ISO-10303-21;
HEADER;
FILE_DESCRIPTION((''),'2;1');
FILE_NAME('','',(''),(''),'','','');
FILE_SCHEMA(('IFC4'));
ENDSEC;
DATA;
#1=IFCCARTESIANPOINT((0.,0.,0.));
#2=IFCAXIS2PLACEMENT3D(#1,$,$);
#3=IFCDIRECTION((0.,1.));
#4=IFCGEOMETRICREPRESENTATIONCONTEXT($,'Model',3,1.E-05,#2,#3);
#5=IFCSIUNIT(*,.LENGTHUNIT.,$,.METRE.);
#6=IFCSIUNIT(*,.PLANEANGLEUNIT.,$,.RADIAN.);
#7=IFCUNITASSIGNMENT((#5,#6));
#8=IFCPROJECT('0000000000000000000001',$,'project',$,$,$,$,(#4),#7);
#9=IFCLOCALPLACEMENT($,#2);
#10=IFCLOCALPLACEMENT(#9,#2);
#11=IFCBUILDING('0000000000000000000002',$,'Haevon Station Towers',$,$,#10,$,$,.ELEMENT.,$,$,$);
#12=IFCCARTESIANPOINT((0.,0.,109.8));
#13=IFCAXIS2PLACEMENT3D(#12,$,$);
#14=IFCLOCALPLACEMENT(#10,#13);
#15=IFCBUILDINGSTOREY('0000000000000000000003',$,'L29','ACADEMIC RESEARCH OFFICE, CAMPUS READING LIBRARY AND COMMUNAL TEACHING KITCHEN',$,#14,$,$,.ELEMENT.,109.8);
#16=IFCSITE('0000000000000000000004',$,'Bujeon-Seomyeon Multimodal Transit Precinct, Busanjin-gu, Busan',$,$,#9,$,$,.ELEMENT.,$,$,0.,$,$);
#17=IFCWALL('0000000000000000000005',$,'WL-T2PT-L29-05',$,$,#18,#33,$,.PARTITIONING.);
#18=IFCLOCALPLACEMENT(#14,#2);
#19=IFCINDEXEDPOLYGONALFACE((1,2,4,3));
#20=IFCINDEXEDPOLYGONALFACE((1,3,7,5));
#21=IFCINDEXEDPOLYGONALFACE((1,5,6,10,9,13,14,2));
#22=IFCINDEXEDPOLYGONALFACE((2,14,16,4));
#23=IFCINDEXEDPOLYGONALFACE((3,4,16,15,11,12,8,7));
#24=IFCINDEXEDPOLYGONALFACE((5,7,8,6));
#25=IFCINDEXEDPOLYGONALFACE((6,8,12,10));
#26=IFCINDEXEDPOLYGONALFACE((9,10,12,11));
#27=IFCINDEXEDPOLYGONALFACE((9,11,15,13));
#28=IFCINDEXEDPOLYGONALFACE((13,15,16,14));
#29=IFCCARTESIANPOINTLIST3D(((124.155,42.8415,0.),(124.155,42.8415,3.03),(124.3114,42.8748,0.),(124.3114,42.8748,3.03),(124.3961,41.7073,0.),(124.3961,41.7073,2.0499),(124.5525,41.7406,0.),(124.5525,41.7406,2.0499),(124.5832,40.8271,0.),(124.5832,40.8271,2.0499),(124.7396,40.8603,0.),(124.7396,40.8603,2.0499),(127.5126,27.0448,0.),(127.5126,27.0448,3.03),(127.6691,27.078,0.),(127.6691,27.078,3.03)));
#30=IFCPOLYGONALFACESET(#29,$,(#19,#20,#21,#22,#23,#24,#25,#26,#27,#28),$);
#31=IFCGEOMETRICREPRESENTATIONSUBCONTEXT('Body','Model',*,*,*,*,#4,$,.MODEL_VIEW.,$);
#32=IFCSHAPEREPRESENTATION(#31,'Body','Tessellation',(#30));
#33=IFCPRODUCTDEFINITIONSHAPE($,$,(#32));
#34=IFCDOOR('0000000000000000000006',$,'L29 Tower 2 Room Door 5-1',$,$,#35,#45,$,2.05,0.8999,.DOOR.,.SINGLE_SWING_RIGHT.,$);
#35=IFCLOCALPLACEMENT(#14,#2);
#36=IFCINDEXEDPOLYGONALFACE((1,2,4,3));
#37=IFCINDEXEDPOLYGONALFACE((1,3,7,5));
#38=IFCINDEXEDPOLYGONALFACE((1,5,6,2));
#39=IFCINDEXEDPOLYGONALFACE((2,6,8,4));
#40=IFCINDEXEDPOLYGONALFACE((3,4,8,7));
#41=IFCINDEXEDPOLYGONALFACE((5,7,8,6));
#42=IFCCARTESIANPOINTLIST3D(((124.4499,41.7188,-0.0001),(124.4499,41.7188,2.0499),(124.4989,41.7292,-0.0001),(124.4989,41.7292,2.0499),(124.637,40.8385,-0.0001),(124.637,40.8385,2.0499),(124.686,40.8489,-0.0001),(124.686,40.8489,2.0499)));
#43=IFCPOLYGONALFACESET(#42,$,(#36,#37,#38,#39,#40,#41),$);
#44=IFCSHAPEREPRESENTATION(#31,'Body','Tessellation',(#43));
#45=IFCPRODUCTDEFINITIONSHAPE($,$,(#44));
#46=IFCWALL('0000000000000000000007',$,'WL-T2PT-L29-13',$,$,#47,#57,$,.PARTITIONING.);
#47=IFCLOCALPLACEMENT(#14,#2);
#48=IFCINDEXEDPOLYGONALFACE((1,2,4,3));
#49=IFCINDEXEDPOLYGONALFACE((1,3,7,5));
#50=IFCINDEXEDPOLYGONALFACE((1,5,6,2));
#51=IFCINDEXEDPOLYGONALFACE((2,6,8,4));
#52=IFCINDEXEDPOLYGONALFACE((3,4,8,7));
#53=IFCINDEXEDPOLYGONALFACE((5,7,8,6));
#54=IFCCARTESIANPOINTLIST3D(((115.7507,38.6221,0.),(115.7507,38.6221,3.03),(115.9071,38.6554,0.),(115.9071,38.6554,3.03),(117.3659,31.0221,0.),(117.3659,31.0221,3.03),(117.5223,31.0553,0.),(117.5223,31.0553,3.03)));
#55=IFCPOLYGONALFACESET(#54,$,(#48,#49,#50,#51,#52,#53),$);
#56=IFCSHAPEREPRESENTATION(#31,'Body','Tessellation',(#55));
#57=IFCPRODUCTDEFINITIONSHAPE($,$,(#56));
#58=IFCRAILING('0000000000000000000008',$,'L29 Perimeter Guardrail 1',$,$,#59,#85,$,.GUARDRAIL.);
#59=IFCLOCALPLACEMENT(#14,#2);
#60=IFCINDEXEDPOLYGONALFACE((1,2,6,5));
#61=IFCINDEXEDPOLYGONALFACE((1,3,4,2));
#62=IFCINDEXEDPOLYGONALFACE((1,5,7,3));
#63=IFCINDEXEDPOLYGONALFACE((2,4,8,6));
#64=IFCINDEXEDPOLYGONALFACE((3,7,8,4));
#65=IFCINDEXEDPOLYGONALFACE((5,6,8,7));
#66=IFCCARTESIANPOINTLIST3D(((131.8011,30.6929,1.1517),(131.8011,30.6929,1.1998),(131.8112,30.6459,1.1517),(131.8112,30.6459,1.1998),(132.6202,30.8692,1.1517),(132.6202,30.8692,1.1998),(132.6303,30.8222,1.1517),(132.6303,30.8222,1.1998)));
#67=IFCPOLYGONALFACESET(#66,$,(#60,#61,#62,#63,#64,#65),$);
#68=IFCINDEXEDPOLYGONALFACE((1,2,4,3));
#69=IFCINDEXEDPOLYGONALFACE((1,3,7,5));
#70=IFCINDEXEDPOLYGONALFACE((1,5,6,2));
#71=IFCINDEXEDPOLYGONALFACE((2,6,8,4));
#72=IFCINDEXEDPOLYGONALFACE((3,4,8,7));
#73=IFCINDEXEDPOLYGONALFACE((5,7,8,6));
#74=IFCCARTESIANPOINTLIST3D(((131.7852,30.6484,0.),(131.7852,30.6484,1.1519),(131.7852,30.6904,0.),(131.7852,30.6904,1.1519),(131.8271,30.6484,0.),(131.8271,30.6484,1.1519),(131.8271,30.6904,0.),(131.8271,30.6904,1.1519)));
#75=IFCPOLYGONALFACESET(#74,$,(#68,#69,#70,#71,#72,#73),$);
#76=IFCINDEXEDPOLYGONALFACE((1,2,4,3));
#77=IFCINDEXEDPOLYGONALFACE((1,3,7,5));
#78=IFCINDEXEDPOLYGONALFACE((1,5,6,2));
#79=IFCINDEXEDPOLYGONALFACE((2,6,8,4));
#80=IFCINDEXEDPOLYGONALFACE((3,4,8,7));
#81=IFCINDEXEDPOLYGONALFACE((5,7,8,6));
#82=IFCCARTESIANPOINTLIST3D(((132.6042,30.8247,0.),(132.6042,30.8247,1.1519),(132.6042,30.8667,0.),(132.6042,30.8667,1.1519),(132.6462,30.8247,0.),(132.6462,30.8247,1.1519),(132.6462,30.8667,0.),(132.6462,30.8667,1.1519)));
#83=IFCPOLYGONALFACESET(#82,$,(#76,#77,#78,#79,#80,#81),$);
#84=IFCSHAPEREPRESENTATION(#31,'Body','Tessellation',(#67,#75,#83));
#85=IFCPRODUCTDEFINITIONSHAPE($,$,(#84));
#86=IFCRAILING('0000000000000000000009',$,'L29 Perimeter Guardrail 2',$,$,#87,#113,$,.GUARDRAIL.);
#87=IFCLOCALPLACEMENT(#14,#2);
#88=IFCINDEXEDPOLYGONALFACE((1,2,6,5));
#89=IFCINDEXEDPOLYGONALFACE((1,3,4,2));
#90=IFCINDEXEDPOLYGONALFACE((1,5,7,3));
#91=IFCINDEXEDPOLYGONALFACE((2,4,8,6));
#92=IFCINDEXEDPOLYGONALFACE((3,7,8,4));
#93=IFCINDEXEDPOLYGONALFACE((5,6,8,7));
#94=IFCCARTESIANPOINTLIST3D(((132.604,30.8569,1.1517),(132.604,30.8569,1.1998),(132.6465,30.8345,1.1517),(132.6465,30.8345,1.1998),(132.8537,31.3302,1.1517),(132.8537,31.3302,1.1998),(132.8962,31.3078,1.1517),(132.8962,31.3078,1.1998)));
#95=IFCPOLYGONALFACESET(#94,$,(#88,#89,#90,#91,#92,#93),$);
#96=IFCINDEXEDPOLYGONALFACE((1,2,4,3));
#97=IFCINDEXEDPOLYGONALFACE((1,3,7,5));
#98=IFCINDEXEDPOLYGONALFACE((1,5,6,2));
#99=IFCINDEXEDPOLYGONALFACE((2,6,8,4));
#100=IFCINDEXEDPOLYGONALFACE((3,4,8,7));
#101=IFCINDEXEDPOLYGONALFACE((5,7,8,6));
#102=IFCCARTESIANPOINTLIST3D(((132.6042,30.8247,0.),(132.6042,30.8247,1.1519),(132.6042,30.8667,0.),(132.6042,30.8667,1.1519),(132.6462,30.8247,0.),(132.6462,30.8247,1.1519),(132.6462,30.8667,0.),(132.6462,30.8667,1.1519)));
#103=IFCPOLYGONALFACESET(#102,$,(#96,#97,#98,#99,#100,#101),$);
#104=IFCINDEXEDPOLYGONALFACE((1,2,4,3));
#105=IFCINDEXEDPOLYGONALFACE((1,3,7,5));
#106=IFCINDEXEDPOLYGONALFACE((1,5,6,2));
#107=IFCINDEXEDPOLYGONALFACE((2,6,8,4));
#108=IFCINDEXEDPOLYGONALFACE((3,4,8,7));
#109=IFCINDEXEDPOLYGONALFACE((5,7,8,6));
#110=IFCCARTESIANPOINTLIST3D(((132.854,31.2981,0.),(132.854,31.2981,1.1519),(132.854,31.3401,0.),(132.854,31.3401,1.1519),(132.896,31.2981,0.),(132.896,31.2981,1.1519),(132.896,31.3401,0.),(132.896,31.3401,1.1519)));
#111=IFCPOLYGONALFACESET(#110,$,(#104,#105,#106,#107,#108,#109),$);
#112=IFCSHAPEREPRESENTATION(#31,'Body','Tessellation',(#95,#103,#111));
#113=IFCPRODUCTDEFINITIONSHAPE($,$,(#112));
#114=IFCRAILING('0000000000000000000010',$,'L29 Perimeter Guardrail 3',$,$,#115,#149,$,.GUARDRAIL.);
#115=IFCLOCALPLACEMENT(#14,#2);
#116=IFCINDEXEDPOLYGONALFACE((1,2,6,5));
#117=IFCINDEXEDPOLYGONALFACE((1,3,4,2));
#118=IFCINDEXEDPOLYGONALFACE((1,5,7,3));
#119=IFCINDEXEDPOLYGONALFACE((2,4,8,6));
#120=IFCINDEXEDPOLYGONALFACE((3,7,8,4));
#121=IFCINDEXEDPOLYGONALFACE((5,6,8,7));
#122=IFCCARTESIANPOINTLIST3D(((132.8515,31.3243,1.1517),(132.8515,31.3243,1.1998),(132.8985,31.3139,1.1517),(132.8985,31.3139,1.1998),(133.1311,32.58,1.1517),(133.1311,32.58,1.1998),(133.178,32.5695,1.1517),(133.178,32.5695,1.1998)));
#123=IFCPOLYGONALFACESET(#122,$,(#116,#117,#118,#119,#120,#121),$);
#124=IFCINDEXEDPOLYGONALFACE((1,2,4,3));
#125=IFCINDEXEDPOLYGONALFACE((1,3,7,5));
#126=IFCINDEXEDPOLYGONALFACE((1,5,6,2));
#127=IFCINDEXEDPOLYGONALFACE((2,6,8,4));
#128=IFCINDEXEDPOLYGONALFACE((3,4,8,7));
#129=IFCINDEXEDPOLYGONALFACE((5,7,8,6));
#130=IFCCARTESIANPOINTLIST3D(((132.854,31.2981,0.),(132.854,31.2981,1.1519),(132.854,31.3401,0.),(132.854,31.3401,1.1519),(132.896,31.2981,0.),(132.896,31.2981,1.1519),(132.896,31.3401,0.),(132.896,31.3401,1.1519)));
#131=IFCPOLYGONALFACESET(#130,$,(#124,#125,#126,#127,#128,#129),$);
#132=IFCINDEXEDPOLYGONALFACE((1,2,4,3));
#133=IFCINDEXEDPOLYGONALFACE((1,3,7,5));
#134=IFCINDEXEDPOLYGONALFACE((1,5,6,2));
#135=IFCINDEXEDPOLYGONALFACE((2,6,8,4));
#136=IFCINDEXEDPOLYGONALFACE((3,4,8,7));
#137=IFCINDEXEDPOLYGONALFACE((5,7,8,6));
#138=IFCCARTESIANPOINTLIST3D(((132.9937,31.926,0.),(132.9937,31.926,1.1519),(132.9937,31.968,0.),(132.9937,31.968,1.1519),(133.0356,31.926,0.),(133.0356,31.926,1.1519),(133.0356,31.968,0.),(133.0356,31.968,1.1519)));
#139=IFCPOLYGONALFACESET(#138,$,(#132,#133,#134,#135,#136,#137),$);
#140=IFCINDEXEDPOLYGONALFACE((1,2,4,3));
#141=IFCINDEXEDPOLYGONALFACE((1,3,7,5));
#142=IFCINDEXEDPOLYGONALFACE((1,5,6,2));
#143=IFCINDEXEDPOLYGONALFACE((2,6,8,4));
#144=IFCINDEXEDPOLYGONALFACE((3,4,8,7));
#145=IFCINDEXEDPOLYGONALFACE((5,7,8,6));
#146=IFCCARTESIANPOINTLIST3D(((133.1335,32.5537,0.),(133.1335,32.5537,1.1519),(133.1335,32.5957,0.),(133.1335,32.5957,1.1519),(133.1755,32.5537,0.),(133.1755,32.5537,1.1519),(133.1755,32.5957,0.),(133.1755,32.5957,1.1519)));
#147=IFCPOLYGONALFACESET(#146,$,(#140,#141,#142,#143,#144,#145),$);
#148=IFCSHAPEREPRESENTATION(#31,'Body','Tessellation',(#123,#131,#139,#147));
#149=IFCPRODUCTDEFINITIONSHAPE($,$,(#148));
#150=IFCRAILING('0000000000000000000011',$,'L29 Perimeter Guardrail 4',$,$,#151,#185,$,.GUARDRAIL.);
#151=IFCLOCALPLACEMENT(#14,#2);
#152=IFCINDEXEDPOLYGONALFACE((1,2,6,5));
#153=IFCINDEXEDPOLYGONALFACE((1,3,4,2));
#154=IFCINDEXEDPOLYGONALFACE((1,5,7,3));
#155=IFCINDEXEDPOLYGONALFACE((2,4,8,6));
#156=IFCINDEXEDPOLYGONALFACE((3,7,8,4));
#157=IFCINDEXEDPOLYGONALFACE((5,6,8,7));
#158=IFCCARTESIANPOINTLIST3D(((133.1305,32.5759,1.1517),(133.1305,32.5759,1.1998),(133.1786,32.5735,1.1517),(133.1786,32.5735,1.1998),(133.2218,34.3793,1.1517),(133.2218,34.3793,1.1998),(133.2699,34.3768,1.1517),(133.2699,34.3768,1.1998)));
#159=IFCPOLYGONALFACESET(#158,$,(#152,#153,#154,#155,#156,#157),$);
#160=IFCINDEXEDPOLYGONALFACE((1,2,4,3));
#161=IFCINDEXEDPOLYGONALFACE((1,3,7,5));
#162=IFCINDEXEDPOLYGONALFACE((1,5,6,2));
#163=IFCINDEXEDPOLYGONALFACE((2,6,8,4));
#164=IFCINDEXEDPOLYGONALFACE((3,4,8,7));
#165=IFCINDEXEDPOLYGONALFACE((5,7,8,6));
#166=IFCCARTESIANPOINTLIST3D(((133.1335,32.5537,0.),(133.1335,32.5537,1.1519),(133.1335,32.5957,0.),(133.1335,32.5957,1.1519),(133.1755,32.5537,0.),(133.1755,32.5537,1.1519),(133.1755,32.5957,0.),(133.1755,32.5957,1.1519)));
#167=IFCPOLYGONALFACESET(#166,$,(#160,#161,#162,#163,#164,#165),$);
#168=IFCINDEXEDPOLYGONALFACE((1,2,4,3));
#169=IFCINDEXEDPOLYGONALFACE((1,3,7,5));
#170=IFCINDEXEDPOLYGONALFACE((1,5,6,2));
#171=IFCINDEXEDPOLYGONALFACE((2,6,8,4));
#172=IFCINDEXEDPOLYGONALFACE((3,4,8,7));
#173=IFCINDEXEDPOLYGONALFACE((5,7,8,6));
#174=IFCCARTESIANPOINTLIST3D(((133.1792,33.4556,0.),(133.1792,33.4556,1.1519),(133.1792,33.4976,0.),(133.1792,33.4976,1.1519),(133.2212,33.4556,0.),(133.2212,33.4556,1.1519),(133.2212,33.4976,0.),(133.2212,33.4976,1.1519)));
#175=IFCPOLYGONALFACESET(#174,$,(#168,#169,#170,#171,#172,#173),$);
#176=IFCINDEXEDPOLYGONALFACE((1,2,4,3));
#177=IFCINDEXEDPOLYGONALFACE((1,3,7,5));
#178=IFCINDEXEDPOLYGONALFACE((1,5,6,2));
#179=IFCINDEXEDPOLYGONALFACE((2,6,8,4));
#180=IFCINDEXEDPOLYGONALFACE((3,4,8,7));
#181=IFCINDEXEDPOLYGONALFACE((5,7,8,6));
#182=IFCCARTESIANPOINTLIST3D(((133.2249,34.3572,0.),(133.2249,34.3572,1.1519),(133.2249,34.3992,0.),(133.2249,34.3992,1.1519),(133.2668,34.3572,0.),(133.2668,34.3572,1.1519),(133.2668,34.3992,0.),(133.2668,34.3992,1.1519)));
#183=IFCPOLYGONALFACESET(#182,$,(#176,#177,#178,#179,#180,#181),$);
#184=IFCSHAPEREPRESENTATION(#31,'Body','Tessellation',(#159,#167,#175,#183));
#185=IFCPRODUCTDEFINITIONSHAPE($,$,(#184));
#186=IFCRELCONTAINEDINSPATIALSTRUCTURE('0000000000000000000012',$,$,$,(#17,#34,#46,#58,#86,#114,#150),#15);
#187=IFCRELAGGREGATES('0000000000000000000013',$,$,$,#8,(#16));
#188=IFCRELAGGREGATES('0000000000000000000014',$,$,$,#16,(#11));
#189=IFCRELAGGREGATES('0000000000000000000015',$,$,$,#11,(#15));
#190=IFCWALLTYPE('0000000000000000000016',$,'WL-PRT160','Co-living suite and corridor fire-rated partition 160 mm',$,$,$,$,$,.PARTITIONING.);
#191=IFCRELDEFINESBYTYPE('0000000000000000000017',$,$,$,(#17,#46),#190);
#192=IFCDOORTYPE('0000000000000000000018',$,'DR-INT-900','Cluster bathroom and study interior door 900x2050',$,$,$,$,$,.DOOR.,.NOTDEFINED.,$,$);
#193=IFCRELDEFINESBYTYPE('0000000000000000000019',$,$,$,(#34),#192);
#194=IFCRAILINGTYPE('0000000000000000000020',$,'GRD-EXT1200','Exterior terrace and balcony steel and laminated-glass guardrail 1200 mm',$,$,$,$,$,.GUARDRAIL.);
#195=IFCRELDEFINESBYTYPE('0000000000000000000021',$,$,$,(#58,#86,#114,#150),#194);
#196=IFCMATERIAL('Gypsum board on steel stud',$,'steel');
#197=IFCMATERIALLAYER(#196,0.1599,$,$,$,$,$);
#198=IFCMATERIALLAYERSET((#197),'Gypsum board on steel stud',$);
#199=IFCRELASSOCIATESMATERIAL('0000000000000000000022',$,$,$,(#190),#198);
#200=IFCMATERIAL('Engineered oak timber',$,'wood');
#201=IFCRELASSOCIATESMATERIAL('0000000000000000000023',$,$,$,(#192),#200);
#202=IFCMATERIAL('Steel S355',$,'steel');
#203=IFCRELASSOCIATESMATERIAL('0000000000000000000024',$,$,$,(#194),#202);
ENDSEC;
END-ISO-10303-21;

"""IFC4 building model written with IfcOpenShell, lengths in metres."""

from ifc_helpers import new_model, si_unit, direction, frame, frame_2d, origin, origin_2d, place, context, subcontext, project, spatial, rectangle, extrude, material, layer, layer_set, type_object, element, fill, save


model = new_model("IFC4")

# Units and contexts
model_context = context("Model", 3, precision=1e-05, world=origin(), true_north=direction((0.0, 1.0)))
body_context = subcontext(model_context, "Body", "Model", "MODEL_VIEW")
ifc_project = project(units=[si_unit("LENGTHUNIT", "METRE"), si_unit("PLANEANGLEUNIT", "RADIAN")], contexts=[model_context])

# Site, building, storey
site_placement = place(None, origin())
site = spatial("IfcSite", under=ifc_project, at=site_placement, Name="Bujeon-Seomyeon Multimodal Transit Precinct, Busanjin-gu, Busan", CompositionType="ELEMENT", RefElevation=0.0)
building_placement = place(site_placement, origin())
building = spatial("IfcBuilding", under=site, at=building_placement, Name="Haevon Station Towers", CompositionType="ELEMENT")
storey_placement = place(building_placement, frame((0.0, 0.0, 109.8)))
storey = spatial("IfcBuildingStorey", under=building, at=storey_placement, Name="L29", Description="ACADEMIC RESEARCH OFFICE, CAMPUS READING LIBRARY AND COMMUNAL TEACHING KITCHEN", CompositionType="ELEMENT", Elevation=109.8)

# Shared definitions
ifc_material_1 = material(Name="Steel S355", Category="steel")

# Shared definitions
ifc_material_2 = material(Name="Gypsum board on steel stud", Category="steel")
ifc_layer_1 = layer(ifc_material_2, 0.1599)
ifc_layer_set_1 = layer_set([ifc_layer_1], Name="Gypsum board on steel stud")
wall_type_1 = type_object("IfcWallType", Name="WL-PRT160", Description="Co-living suite and corridor fire-rated partition 160 mm", PredefinedType="PARTITIONING", material=ifc_layer_set_1)

# Wall, opening, door
wall_1_placement = place(storey_placement, frame((127.5908, 27.0615, 0.0), z_axis=(0.0, 0.0, 1.0), x_axis=(-0.207908, 0.978148, 0.0)))
wall_1 = element("IfcWall", 1, at=wall_1_placement, inside=storey, type_object=wall_type_1, Name="WL-T2PT-L29-05", PredefinedType="PARTITIONING", context=body_context, shape_type="SweptSolid", body=[
    extrude(rectangle(XDim=16.1497, YDim=0.1599, at=frame_2d((8.0747, 0.0))), origin(), (0.0, 0.0, 1.0), 3.03),
])
opening_1_placement = place(wall_1_placement, frame((14.0901, 0.0, 0.0)))
opening_1 = element("IfcOpeningElement", 2, at=opening_1_placement, cuts=wall_1, PredefinedType="OPENING", context=body_context, shape_type="SweptSolid", body=[
    extrude(rectangle(XDim=0.8999, YDim=2.05, at=frame_2d((0.45, 1.0249))), frame((0.0, 0.0898, 0.0), z_axis=(0.0, -1.0, 0.0), x_axis=(1.0, 0.0, 0.0)), (0.0, 0.0, 1.0), 0.1799),
])
ifc_material_3 = material(Name="Engineered oak timber", Category="wood")
door_type = type_object("IfcDoorType", Name="DR-INT-900", Description="Cluster bathroom and study interior door 900x2050", OperationType="NOTDEFINED", PredefinedType="DOOR", material=ifc_material_3)
door_placement = place(opening_1_placement, origin())
door = element("IfcDoor", 3, at=door_placement, inside=storey, type_object=door_type, Name="L29 Tower 2 Room Door 5-1", OperationType="SINGLE_SWING_RIGHT", OverallHeight=2.05, OverallWidth=0.8999, PredefinedType="DOOR", context=body_context, shape_type="SweptSolid", body=[
    extrude(rectangle(XDim=0.8999, YDim=2.05, at=frame_2d((0.45, 1.0249))), frame((0.0, 0.0249, 0.0), z_axis=(0.0, -1.0, 0.0), x_axis=(1.0, 0.0, 0.0)), (0.0, 0.0, 1.0), 0.05),
])
fill(opening_1, door)

# Wall
wall_2_placement = place(storey_placement, frame((117.4441, 31.0388, 0.0), z_axis=(0.0, 0.0, 1.0), x_axis=(-0.207885, 0.978153, 0.0)))
element("IfcWall", 4, at=wall_2_placement, inside=storey, type_object=wall_type_1, Name="WL-T2PT-L29-13", PredefinedType="PARTITIONING", context=body_context, shape_type="SweptSolid", body=[
    extrude(rectangle(XDim=7.7698, YDim=0.1599, at=frame_2d((3.8848, 0.0))), origin(), (0.0, 0.0, 1.0), 3.03),
])

# Railings
railing_type = type_object("IfcRailingType", Name="GRD-EXT1200", Description="Exterior terrace and balcony steel and laminated-glass guardrail 1200 mm", PredefinedType="GUARDRAIL", material=ifc_material_1)
railing_1_placement = place(storey_placement, frame((131.8062, 30.6694, 0.0)))
element("IfcRailing", 5, at=railing_1_placement, inside=storey, type_object=railing_type, Name="L29 Perimeter Guardrail 1", PredefinedType="GUARDRAIL", context=body_context, shape_type="SweptSolid", body=[
    extrude(rectangle(XDim=0.0481, YDim=0.0481, at=origin_2d()), frame((0.0, 0.0, 1.1758), z_axis=(0.977619, 0.210385, 0.0), x_axis=(-0.210385, 0.977619, 0.0)), (0.0, 0.0, 1.0), 0.8379),
    extrude(rectangle(XDim=0.042, YDim=0.042, at=origin_2d()), origin(), (0.0, 0.0, 1.0), 1.1519),
    extrude(rectangle(XDim=0.042, YDim=0.042, at=origin_2d()), frame((0.8191, 0.1763, 0.0)), (0.0, 0.0, 1.0), 1.1519),
])
railing_2_placement = place(storey_placement, frame((132.6252, 30.8457, 0.0)))
element("IfcRailing", 6, at=railing_2_placement, inside=storey, type_object=railing_type, Name="L29 Perimeter Guardrail 2", PredefinedType="GUARDRAIL", context=body_context, shape_type="SweptSolid", body=[
    extrude(rectangle(XDim=0.0481, YDim=0.0481, at=origin_2d()), frame((0.0, 0.0, 1.1758), z_axis=(0.46663, 0.884453, 0.0), x_axis=(-0.884453, 0.46663, 0.0)), (0.0, 0.0, 1.0), 0.5352),
    extrude(rectangle(XDim=0.042, YDim=0.042, at=origin_2d()), origin(), (0.0, 0.0, 1.0), 1.1519),
    extrude(rectangle(XDim=0.042, YDim=0.042, at=origin_2d()), frame((0.2498, 0.4734, 0.0)), (0.0, 0.0, 1.0), 1.1519),
])
railing_3_placement = place(storey_placement, frame((132.875, 31.3191, 0.0)))
element("IfcRailing", 7, at=railing_3_placement, inside=storey, type_object=railing_type, Name="L29 Perimeter Guardrail 3", PredefinedType="GUARDRAIL", context=body_context, shape_type="SweptSolid", body=[
    extrude(rectangle(XDim=0.0481, YDim=0.0481, at=origin_2d()), frame((0.0, 0.0, 1.1758), z_axis=(0.217312, 0.976102, 0.0), x_axis=(-0.976102, 0.217312, 0.0)), (0.0, 0.0, 1.0), 1.2864),
    extrude(rectangle(XDim=0.042, YDim=0.042, at=origin_2d()), origin(), (0.0, 0.0, 1.0), 1.1519),
    extrude(rectangle(XDim=0.042, YDim=0.042, at=origin_2d()), frame((0.1396, 0.6279, 0.0)), (0.0, 0.0, 1.0), 1.1519),
    extrude(rectangle(XDim=0.042, YDim=0.042, at=origin_2d()), frame((0.2795, 1.2556, 0.0)), (0.0, 0.0, 1.0), 1.1519),
])
railing_4_placement = place(storey_placement, frame((133.1545, 32.5747, 0.0)))
element("IfcRailing", 8, at=railing_4_placement, inside=storey, type_object=railing_type, Name="L29 Perimeter Guardrail 4", PredefinedType="GUARDRAIL", context=body_context, shape_type="SweptSolid", body=[
    extrude(rectangle(XDim=0.0481, YDim=0.0481, at=origin_2d()), frame((0.0, 0.0, 1.1758), z_axis=(0.050565, 0.998721, 0.0), x_axis=(-0.998721, 0.050565, 0.0)), (0.0, 0.0, 1.0), 1.8057),
    extrude(rectangle(XDim=0.042, YDim=0.042, at=origin_2d()), origin(), (0.0, 0.0, 1.0), 1.1519),
    extrude(rectangle(XDim=0.042, YDim=0.042, at=origin_2d()), frame((0.0457, 0.9019, 0.0)), (0.0, 0.0, 1.0), 1.1519),
    extrude(rectangle(XDim=0.042, YDim=0.042, at=origin_2d()), frame((0.0913, 1.8035, 0.0)), (0.0, 0.0, 1.0), 1.1519),
])

save(model, "model.ifc")
